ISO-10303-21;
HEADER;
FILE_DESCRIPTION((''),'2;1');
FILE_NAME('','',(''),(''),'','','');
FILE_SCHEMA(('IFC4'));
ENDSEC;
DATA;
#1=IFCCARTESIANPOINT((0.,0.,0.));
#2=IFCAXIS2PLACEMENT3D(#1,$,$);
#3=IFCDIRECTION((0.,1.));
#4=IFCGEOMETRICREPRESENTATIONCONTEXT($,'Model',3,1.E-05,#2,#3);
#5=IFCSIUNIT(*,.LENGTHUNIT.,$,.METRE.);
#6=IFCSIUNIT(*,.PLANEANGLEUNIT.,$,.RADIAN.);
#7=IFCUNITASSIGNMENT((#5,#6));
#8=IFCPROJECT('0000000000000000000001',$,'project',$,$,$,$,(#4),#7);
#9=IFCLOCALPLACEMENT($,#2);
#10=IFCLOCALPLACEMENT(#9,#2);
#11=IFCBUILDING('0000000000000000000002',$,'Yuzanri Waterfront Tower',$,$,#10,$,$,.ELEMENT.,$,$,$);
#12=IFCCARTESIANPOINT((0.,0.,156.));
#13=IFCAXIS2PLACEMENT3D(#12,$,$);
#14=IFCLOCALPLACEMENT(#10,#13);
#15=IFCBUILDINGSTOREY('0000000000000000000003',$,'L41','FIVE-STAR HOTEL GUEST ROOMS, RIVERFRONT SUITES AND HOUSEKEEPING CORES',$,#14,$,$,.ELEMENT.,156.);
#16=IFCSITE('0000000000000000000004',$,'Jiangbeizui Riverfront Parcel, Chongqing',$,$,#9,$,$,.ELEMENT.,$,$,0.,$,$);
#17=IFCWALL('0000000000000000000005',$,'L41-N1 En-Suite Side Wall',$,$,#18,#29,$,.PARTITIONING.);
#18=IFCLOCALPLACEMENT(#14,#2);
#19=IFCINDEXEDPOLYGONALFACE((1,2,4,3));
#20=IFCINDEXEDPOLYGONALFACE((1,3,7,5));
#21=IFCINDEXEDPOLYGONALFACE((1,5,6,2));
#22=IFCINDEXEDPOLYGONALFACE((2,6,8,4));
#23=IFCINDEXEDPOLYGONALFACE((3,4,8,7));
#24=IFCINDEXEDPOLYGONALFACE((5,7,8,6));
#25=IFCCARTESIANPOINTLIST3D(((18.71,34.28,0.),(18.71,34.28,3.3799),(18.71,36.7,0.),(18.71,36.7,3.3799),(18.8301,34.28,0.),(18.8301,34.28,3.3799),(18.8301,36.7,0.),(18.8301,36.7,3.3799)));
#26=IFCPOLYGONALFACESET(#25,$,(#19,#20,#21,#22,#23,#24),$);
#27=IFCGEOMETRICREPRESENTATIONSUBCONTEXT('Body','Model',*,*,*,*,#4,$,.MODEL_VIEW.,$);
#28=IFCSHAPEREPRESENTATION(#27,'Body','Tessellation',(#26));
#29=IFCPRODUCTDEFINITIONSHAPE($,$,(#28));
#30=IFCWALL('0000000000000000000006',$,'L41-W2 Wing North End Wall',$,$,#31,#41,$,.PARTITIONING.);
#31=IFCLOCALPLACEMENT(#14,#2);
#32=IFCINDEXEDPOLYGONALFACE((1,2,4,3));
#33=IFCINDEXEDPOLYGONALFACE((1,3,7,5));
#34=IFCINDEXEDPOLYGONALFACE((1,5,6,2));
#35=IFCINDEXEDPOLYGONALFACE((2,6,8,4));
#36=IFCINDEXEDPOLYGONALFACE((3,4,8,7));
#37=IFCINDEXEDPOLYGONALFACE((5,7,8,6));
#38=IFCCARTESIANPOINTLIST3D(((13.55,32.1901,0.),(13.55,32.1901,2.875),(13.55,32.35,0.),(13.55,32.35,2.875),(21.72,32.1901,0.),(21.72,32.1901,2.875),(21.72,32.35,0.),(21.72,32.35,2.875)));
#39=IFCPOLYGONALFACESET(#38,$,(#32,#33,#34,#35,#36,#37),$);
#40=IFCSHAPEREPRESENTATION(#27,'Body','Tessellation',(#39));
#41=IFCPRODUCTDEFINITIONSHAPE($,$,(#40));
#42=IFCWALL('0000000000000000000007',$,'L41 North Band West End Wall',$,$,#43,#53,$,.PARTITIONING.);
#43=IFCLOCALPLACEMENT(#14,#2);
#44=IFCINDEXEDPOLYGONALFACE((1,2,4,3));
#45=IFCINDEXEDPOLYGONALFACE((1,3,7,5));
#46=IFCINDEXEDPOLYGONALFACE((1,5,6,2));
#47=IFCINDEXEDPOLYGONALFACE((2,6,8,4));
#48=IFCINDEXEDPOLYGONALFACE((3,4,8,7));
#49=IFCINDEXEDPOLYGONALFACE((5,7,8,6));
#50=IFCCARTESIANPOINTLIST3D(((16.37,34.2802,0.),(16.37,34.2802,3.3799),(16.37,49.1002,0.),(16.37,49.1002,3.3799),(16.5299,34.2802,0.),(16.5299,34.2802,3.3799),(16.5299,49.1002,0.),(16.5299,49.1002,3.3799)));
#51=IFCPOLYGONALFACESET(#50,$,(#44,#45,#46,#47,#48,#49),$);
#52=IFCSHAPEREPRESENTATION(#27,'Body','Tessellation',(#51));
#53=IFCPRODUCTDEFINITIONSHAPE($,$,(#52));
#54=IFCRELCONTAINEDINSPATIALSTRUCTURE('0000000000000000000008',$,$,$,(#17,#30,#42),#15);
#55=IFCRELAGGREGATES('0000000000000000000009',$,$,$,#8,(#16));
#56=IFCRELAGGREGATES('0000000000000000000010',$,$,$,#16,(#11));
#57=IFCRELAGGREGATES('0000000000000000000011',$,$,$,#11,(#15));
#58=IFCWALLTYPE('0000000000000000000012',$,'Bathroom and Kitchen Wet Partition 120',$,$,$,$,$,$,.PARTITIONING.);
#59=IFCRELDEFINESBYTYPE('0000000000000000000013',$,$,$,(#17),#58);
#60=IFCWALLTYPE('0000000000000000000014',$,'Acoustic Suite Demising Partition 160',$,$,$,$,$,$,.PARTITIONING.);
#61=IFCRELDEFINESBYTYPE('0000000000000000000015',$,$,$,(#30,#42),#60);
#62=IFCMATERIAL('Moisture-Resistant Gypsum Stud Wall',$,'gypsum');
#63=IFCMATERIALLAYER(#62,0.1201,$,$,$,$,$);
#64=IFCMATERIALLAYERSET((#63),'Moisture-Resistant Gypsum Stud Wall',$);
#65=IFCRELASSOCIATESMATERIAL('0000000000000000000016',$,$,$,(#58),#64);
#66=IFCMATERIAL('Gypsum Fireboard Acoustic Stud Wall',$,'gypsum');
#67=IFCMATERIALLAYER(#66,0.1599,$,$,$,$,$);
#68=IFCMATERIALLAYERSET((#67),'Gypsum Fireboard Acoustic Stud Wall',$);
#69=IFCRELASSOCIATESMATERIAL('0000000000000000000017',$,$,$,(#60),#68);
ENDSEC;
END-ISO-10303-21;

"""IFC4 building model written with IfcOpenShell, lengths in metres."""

from ifc_helpers import new_model, si_unit, direction, frame, frame_2d, origin, place, context, subcontext, project, spatial, rectangle, extrude, source, transform, mapped, material, layer, layer_set, type_object, element, save


model = new_model("IFC4")

# Units and contexts
model_context = context("Model", 3, precision=1e-05, world=origin(), true_north=direction((0.0, 1.0)))
body_context = subcontext(model_context, "Body", "Model", "MODEL_VIEW")
ifc_project = project(units=[si_unit("LENGTHUNIT", "METRE"), si_unit("PLANEANGLEUNIT", "RADIAN")], contexts=[model_context])

# Site, building, storey
site_placement = place(None, origin())
site = spatial("IfcSite", under=ifc_project, at=site_placement, Name="Jiangbeizui Riverfront Parcel, Chongqing", CompositionType="ELEMENT", RefElevation=0.0)
building_placement = place(site_placement, origin())
building = spatial("IfcBuilding", under=site, at=building_placement, Name="Yuzanri Waterfront Tower", CompositionType="ELEMENT")
storey_placement = place(building_placement, frame((0.0, 0.0, 156.0)))
storey = spatial("IfcBuildingStorey", under=building, at=storey_placement, Name="L41", Description="FIVE-STAR HOTEL GUEST ROOMS, RIVERFRONT SUITES AND HOUSEKEEPING CORES", CompositionType="ELEMENT", Elevation=156.0)

# Shared definitions
ifc_material_1 = material(Name="Moisture-Resistant Gypsum Stud Wall", Category="gypsum")
ifc_layer_1 = layer(ifc_material_1, 0.1201)
ifc_layer_set_1 = layer_set([ifc_layer_1], Name="Moisture-Resistant Gypsum Stud Wall")
wall_type_1 = type_object("IfcWallType", Name="Bathroom and Kitchen Wet Partition 120", PredefinedType="PARTITIONING", material=ifc_layer_set_1)

# Walls
shared_shape_1 = source(origin(), body_context, "Body", "SweptSolid", [
    extrude(rectangle(XDim=2.4199, YDim=0.1201, at=frame_2d((1.21, 0.0))), origin(), (0.0, 0.0, 1.0), 3.3799),
])
wall_1_placement = place(storey_placement, frame((18.77, 34.28, 0.0), z_axis=(0.0, 0.0, 1.0), x_axis=(0.0, 1.0, 0.0)))
element("IfcWall", 1, at=wall_1_placement, inside=storey, type_object=wall_type_1, Name="L41-N1 En-Suite Side Wall", PredefinedType="PARTITIONING", context=body_context, shape_type="MappedRepresentation", body=[
    mapped(shared_shape_1, transform((0.0, 0.0, 0.0), scale=1.0)),
])
ifc_material_2 = material(Name="Gypsum Fireboard Acoustic Stud Wall", Category="gypsum")
ifc_layer_2 = layer(ifc_material_2, 0.1599)
ifc_layer_set_2 = layer_set([ifc_layer_2], Name="Gypsum Fireboard Acoustic Stud Wall")
wall_type_2 = type_object("IfcWallType", Name="Acoustic Suite Demising Partition 160", PredefinedType="PARTITIONING", material=ifc_layer_set_2)
shared_shape_2 = source(origin(), body_context, "Body", "SweptSolid", [
    extrude(rectangle(XDim=8.1699, YDim=0.1599, at=frame_2d((4.085, 0.0))), origin(), (0.0, 0.0, 1.0), 2.875),
])
wall_2_placement = place(storey_placement, frame((13.55, 32.27, 0.0), z_axis=(0.0, 0.0, 1.0), x_axis=(1.0, 0.0, 0.0)))
element("IfcWall", 2, at=wall_2_placement, inside=storey, type_object=wall_type_2, Name="L41-W2 Wing North End Wall", PredefinedType="PARTITIONING", context=body_context, shape_type="MappedRepresentation", body=[
    mapped(shared_shape_2, transform((0.0, 0.0, 0.0), scale=1.0)),
])
shared_shape_3 = source(origin(), body_context, "Body", "SweptSolid", [
    extrude(rectangle(XDim=14.8201, YDim=0.1599, at=frame_2d((7.4102, 0.0))), origin(), (0.0, 0.0, 1.0), 3.3799),
])
wall_3_placement = place(storey_placement, frame((16.45, 34.28, 0.0), z_axis=(0.0, 0.0, 1.0), x_axis=(0.0, 1.0, 0.0)))
element("IfcWall", 3, at=wall_3_placement, inside=storey, type_object=wall_type_2, Name="L41 North Band West End Wall", PredefinedType="PARTITIONING", context=body_context, shape_type="MappedRepresentation", body=[
    mapped(shared_shape_3, transform((0.0, 0.0, 0.0), scale=1.0)),
])

save(model, "model.ifc")
